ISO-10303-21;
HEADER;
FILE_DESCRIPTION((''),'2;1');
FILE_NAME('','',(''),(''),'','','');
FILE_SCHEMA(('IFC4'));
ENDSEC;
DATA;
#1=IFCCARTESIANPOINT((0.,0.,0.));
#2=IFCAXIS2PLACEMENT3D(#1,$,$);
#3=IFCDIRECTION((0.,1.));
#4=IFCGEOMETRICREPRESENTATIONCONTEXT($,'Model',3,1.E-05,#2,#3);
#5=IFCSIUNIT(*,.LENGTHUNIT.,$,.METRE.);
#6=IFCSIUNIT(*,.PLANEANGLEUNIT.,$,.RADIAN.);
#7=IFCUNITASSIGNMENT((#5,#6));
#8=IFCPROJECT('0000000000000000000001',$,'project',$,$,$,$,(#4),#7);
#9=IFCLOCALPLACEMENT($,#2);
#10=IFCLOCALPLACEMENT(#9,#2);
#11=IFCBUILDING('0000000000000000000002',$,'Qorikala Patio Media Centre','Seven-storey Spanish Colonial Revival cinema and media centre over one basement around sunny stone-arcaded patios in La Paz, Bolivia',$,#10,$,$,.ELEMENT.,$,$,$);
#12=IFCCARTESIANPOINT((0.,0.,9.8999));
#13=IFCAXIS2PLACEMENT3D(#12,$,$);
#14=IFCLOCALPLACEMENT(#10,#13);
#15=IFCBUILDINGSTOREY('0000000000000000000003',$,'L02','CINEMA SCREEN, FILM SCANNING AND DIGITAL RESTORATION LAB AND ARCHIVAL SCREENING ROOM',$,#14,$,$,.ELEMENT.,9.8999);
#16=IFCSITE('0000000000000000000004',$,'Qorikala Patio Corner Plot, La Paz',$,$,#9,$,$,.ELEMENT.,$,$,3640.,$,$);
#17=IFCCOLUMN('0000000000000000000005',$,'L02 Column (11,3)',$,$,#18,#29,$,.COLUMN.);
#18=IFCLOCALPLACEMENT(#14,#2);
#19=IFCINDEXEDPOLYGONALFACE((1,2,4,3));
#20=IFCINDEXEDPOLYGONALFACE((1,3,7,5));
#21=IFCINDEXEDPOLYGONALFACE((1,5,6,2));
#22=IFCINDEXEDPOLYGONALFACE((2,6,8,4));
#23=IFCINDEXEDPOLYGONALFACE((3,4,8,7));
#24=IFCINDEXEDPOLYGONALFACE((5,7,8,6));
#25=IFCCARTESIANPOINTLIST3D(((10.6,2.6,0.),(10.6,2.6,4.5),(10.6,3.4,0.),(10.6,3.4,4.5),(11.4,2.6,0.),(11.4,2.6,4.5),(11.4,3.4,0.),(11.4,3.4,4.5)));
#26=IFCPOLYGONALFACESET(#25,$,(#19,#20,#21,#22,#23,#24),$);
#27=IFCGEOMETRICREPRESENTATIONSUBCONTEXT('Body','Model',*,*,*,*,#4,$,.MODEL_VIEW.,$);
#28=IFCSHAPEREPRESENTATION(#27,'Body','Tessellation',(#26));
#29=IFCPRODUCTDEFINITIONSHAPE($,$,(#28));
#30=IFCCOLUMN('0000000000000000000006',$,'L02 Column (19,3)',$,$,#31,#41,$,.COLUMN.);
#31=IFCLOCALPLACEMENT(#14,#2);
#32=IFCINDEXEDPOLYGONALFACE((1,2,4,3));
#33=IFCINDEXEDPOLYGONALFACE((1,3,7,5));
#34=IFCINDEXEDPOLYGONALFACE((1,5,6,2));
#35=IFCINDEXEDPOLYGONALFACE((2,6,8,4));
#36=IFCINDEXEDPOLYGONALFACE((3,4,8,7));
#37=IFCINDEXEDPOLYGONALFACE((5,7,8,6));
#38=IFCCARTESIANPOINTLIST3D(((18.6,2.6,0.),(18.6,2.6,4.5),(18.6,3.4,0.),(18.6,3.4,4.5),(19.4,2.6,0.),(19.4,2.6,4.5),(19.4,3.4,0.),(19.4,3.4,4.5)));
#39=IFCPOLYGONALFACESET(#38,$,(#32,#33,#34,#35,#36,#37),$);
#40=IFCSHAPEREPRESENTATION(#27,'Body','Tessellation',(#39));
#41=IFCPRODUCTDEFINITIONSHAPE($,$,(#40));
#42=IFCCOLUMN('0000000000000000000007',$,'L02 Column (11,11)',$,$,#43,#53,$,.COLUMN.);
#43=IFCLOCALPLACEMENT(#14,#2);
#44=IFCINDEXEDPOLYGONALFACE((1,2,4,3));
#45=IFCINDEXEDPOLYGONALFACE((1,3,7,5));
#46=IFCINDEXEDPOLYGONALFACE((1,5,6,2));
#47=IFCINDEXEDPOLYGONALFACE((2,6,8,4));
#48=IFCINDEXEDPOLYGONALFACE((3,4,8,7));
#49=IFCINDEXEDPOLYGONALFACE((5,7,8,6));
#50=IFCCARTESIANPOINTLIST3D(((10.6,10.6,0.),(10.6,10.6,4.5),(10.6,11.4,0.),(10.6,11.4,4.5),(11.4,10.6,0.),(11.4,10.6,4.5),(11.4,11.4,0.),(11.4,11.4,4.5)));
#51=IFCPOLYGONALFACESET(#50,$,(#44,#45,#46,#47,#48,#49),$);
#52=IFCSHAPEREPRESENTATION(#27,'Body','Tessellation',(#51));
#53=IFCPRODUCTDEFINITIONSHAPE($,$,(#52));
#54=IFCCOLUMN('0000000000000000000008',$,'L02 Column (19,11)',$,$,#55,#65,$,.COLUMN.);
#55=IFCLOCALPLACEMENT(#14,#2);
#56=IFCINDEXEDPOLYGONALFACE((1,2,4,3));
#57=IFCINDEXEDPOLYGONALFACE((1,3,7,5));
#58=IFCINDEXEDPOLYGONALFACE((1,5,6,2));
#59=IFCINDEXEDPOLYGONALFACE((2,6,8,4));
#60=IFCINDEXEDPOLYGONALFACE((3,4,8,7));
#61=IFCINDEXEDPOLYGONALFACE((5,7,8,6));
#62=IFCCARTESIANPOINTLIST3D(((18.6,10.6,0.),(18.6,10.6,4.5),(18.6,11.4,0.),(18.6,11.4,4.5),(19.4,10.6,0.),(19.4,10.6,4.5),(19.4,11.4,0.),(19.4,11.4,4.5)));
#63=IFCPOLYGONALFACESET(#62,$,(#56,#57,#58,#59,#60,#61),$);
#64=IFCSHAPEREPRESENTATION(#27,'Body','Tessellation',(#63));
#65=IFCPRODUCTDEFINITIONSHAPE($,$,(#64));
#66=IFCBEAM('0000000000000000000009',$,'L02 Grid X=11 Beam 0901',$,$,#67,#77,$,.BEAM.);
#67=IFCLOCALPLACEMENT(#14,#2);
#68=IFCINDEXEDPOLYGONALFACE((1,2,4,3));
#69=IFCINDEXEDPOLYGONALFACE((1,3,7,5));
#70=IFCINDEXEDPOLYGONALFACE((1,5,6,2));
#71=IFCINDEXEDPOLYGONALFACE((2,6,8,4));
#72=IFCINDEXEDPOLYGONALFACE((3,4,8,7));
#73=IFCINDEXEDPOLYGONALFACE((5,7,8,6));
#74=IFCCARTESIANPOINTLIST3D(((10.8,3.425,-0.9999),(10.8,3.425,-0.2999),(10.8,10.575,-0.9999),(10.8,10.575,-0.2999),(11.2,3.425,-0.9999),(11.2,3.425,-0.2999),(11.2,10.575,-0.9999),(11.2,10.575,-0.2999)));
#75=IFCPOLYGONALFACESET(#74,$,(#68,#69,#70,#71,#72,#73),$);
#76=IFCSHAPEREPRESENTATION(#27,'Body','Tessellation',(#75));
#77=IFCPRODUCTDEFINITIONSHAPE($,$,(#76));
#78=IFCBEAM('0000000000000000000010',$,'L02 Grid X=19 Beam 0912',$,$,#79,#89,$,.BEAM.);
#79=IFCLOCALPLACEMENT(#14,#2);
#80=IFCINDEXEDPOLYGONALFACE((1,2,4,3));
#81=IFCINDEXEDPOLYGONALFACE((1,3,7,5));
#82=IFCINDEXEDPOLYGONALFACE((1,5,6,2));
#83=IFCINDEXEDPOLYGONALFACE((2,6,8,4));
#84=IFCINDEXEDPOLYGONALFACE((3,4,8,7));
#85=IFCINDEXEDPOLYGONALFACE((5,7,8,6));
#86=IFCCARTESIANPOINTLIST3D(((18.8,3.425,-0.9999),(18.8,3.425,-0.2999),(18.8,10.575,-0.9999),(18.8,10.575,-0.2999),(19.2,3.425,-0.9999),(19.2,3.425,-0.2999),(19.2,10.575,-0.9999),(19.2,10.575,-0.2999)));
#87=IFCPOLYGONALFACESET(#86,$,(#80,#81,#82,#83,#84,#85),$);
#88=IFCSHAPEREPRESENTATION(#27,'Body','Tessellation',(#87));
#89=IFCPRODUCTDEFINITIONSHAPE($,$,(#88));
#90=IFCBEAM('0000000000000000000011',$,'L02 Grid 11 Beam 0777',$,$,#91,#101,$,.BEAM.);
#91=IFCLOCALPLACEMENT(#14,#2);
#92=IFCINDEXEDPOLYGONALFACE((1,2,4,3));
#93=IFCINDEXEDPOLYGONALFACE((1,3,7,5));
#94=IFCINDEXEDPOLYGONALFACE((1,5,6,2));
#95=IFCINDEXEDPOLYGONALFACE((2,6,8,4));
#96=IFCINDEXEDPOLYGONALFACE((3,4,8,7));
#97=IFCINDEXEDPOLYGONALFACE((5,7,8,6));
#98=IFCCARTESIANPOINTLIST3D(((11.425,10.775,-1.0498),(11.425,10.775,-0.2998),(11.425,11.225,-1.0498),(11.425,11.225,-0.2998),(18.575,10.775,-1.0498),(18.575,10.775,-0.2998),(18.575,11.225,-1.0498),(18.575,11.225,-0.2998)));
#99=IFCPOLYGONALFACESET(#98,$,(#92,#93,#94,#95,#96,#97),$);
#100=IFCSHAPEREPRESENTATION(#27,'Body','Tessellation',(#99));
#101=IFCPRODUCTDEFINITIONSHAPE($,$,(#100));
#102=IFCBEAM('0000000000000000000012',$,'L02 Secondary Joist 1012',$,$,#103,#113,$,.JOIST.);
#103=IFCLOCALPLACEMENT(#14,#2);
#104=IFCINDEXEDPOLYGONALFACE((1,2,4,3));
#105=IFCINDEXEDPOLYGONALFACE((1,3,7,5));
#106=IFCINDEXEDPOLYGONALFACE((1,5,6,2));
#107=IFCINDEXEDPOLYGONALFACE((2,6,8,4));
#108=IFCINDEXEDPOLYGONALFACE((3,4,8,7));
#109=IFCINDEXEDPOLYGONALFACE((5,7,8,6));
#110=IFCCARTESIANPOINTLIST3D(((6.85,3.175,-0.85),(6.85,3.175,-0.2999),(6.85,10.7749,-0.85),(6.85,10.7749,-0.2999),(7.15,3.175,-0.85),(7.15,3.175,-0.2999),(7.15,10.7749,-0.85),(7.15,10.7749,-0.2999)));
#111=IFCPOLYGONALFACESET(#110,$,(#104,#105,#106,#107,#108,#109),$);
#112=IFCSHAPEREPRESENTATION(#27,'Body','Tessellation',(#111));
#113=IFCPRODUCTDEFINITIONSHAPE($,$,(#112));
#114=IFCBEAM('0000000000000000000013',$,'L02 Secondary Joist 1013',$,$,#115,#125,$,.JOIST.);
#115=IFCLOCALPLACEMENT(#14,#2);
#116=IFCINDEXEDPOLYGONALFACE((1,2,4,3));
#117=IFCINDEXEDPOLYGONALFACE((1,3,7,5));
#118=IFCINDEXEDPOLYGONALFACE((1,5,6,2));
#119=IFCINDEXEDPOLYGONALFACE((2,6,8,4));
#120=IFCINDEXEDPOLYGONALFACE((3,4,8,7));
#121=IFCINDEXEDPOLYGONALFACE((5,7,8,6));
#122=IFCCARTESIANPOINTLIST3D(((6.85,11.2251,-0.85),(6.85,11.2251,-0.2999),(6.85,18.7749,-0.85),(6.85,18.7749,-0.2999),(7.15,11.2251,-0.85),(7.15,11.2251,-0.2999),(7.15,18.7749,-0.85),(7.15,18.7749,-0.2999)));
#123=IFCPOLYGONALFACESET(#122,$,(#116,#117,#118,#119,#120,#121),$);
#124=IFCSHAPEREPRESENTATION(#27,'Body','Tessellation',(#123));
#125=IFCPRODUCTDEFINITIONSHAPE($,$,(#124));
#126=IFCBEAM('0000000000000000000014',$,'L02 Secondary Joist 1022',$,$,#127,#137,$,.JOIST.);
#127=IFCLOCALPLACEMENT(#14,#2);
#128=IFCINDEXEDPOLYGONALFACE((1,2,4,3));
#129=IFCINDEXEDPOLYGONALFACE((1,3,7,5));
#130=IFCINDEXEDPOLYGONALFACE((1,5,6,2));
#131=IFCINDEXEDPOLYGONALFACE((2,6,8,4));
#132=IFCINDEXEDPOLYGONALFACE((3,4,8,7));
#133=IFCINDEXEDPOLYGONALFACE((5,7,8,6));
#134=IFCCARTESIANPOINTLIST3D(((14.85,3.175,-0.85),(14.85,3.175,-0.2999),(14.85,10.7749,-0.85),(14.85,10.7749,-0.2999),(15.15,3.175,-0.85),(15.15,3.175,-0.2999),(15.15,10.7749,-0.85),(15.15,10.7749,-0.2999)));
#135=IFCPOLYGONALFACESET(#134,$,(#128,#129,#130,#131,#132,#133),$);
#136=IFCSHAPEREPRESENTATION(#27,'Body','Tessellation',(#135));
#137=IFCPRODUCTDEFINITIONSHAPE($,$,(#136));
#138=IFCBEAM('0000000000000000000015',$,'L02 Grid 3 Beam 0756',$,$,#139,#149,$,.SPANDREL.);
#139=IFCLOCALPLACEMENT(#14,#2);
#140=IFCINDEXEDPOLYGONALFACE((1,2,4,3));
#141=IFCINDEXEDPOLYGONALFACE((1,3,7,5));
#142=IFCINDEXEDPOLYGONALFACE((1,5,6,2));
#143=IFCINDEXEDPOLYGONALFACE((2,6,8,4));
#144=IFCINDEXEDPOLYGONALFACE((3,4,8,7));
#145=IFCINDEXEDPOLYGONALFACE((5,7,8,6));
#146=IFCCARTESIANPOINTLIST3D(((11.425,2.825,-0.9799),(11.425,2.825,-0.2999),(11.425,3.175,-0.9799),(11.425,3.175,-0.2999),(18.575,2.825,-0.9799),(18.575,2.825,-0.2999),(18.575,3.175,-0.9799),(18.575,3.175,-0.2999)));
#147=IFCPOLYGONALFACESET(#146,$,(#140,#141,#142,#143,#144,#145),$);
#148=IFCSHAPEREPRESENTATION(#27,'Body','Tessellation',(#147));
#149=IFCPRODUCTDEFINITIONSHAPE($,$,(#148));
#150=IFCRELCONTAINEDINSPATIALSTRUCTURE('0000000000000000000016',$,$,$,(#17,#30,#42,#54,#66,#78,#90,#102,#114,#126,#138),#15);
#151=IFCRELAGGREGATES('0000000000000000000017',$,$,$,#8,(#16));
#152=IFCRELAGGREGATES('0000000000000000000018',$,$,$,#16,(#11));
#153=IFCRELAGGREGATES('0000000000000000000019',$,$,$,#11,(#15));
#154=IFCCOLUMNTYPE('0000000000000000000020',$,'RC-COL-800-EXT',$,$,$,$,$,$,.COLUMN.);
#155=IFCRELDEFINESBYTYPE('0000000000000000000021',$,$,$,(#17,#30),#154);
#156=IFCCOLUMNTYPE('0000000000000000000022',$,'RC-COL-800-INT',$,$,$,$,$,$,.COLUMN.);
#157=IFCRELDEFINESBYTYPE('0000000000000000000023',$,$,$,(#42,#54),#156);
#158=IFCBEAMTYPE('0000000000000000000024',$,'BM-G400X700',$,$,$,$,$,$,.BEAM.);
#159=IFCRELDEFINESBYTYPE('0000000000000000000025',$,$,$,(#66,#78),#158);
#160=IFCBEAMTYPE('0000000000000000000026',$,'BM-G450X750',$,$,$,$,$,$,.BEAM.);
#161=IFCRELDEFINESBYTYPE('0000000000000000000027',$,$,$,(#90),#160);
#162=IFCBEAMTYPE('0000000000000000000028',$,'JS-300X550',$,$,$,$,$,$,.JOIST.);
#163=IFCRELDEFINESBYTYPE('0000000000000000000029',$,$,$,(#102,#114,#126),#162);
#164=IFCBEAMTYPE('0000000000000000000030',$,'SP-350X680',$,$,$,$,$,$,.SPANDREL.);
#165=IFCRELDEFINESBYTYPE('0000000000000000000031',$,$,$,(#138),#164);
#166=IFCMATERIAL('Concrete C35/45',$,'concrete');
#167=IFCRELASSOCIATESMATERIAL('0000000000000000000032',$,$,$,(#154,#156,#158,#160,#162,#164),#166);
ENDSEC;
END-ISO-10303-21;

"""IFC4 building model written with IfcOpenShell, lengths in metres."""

from ifc_helpers import new_model, si_unit, direction, frame, origin, origin_2d, place, context, subcontext, project, spatial, rectangle, extrude, material, material_profile, profile_set, type_object, element, save


model = new_model("IFC4")

# Units and contexts
model_context = context("Model", 3, precision=1e-05, world=origin(), true_north=direction((0.0, 1.0)))
body_context = subcontext(model_context, "Body", "Model", "MODEL_VIEW")
ifc_project = project(units=[si_unit("LENGTHUNIT", "METRE"), si_unit("PLANEANGLEUNIT", "RADIAN")], contexts=[model_context])

# Site, building, storey
site_placement = place(None, origin())
site = spatial("IfcSite", under=ifc_project, at=site_placement, Name="Qorikala Patio Corner Plot, La Paz", CompositionType="ELEMENT", RefElevation=3640.0)
building_placement = place(site_placement, origin())
building = spatial("IfcBuilding", under=site, at=building_placement, Name="Qorikala Patio Media Centre", Description="Seven-storey Spanish Colonial Revival cinema and media centre over one basement around sunny stone-arcaded patios in La Paz, Bolivia", CompositionType="ELEMENT")
storey_placement = place(building_placement, frame((0.0, 0.0, 9.8999)))
storey = spatial("IfcBuildingStorey", under=building, at=storey_placement, Name="L02", Description="CINEMA SCREEN, FILM SCANNING AND DIGITAL RESTORATION LAB AND ARCHIVAL SCREENING ROOM", CompositionType="ELEMENT", Elevation=9.8999)

# Columns
ifc_material_1 = material(Name="Concrete C35/45", Category="concrete")
ifc_material_profile_1 = material_profile(ifc_material_1, rectangle(XDim=0.8, YDim=0.8, at=origin_2d()), Name="RC 800x800")
ifc_profile_set_1 = profile_set([ifc_material_profile_1], Name="Concrete C35/45")
column_type_1 = type_object("IfcColumnType", Name="RC-COL-800-EXT", PredefinedType="COLUMN", material=ifc_profile_set_1)
for number, where, z_axis, x_axis, name in (
    (1, (11.0, 3.0, 0.0), (0.0, 0.0, 1.0), (1.0, 0.0, 0.0), "L02 Column (11,3)"),
    (2, (19.0, 3.0, 0.0), (0.0, 0.0, 1.0), (1.0, 0.0, 0.0), "L02 Column (19,3)"),
):
    element("IfcColumn", number, at=place(storey_placement, frame(where, z_axis=z_axis, x_axis=x_axis)), inside=storey, type_object=column_type_1, Name=name, PredefinedType="COLUMN", context=body_context, shape_type="SweptSolid", body=[
        extrude(rectangle(XDim=0.8, YDim=0.8, at=origin_2d()), origin(), (0.0, 0.0, 1.0), 4.5),
    ])
ifc_material_profile_2 = material_profile(ifc_material_1, rectangle(XDim=0.8, YDim=0.8, at=origin_2d()), Name="RC 800x800")
ifc_profile_set_2 = profile_set([ifc_material_profile_2], Name="Concrete C35/45")
column_type_2 = type_object("IfcColumnType", Name="RC-COL-800-INT", PredefinedType="COLUMN", material=ifc_profile_set_2)
for number, where, z_axis, x_axis, name in (
    (3, (11.0, 11.0, 0.0), (0.0, 0.0, 1.0), (1.0, 0.0, 0.0), "L02 Column (11,11)"),
    (4, (19.0, 11.0, 0.0), (0.0, 0.0, 1.0), (1.0, 0.0, 0.0), "L02 Column (19,11)"),
):
    element("IfcColumn", number, at=place(storey_placement, frame(where, z_axis=z_axis, x_axis=x_axis)), inside=storey, type_object=column_type_2, Name=name, PredefinedType="COLUMN", context=body_context, shape_type="SweptSolid", body=[
        extrude(rectangle(XDim=0.8, YDim=0.8, at=origin_2d()), origin(), (0.0, 0.0, 1.0), 4.5),
    ])

# Beams
ifc_material_profile_3 = material_profile(ifc_material_1, rectangle(XDim=0.3999, YDim=0.7, at=origin_2d()), Name="RC 400x700")
ifc_profile_set_3 = profile_set([ifc_material_profile_3], Name="Concrete C35/45")
beam_type_1 = type_object("IfcBeamType", Name="BM-G400X700", PredefinedType="BEAM", material=ifc_profile_set_3)
for number, where, z_axis, x_axis, name in (
    (5, (11.0, 3.425, -0.6499), (0.0, 1.0, 0.0), (-1.0, 0.0, 0.0), "L02 Grid X=11 Beam 0901"),
    (6, (19.0, 3.425, -0.6499), (0.0, 1.0, 0.0), (-1.0, 0.0, 0.0), "L02 Grid X=19 Beam 0912"),
):
    element("IfcBeam", number, at=place(storey_placement, frame(where, z_axis=z_axis, x_axis=x_axis)), inside=storey, type_object=beam_type_1, Name=name, PredefinedType="BEAM", context=body_context, shape_type="SweptSolid", body=[
        extrude(rectangle(XDim=0.3999, YDim=0.7, at=origin_2d()), origin(), (0.0, 0.0, 1.0), 7.1499),
    ])
ifc_material_profile_4 = material_profile(ifc_material_1, rectangle(XDim=0.45, YDim=0.75, at=origin_2d()), Name="RC 450x750")
ifc_profile_set_4 = profile_set([ifc_material_profile_4], Name="Concrete C35/45")
beam_type_2 = type_object("IfcBeamType", Name="BM-G450X750", PredefinedType="BEAM", material=ifc_profile_set_4)
beam_1_placement = place(storey_placement, frame((11.425, 11.0, -0.6748), z_axis=(1.0, 0.0, 0.0), x_axis=(0.0, 1.0, 0.0)))
element("IfcBeam", 7, at=beam_1_placement, inside=storey, type_object=beam_type_2, Name="L02 Grid 11 Beam 0777", PredefinedType="BEAM", context=body_context, shape_type="SweptSolid", body=[
    extrude(rectangle(XDim=0.45, YDim=0.75, at=origin_2d()), origin(), (0.0, 0.0, 1.0), 7.1499),
])
ifc_material_profile_5 = material_profile(ifc_material_1, rectangle(XDim=0.3, YDim=0.55, at=origin_2d()), Name="RC 300x550")
ifc_profile_set_5 = profile_set([ifc_material_profile_5], Name="Concrete C35/45")
beam_type_3 = type_object("IfcBeamType", Name="JS-300X550", PredefinedType="JOIST", material=ifc_profile_set_5)
beam_2_placement = place(storey_placement, frame((7.0, 3.175, -0.575), z_axis=(0.0, 1.0, 0.0), x_axis=(-1.0, 0.0, 0.0)))
element("IfcBeam", 8, at=beam_2_placement, inside=storey, type_object=beam_type_3, Name="L02 Secondary Joist 1012", PredefinedType="JOIST", context=body_context, shape_type="SweptSolid", body=[
    extrude(rectangle(XDim=0.3, YDim=0.55, at=origin_2d()), origin(), (0.0, 0.0, 1.0), 7.5999),
])
beam_3_placement = place(storey_placement, frame((7.0, 11.2251, -0.575), z_axis=(0.0, 1.0, 0.0), x_axis=(-1.0, 0.0, 0.0)))
element("IfcBeam", 9, at=beam_3_placement, inside=storey, type_object=beam_type_3, Name="L02 Secondary Joist 1013", PredefinedType="JOIST", context=body_context, shape_type="SweptSolid", body=[
    extrude(rectangle(XDim=0.3, YDim=0.55, at=origin_2d()), origin(), (0.0, 0.0, 1.0), 7.5498),
])
beam_4_placement = place(storey_placement, frame((15.0, 3.175, -0.575), z_axis=(0.0, 1.0, 0.0), x_axis=(-1.0, 0.0, 0.0)))
element("IfcBeam", 10, at=beam_4_placement, inside=storey, type_object=beam_type_3, Name="L02 Secondary Joist 1022", PredefinedType="JOIST", context=body_context, shape_type="SweptSolid", body=[
    extrude(rectangle(XDim=0.3, YDim=0.55, at=origin_2d()), origin(), (0.0, 0.0, 1.0), 7.5999),
])
ifc_material_profile_6 = material_profile(ifc_material_1, rectangle(XDim=0.3501, YDim=0.6799, at=origin_2d()), Name="RC 350x680")
ifc_profile_set_6 = profile_set([ifc_material_profile_6], Name="Concrete C35/45")
beam_type_4 = type_object("IfcBeamType", Name="SP-350X680", PredefinedType="SPANDREL", material=ifc_profile_set_6)
beam_5_placement = place(storey_placement, frame((11.425, 3.0, -0.6399), z_axis=(1.0, 0.0, 0.0), x_axis=(0.0, 1.0, 0.0)))
element("IfcBeam", 11, at=beam_5_placement, inside=storey, type_object=beam_type_4, Name="L02 Grid 3 Beam 0756", PredefinedType="SPANDREL", context=body_context, shape_type="SweptSolid", body=[
    extrude(rectangle(XDim=0.3501, YDim=0.6799, at=origin_2d()), origin(), (0.0, 0.0, 1.0), 7.1499),
])

save(model, "model.ifc")
